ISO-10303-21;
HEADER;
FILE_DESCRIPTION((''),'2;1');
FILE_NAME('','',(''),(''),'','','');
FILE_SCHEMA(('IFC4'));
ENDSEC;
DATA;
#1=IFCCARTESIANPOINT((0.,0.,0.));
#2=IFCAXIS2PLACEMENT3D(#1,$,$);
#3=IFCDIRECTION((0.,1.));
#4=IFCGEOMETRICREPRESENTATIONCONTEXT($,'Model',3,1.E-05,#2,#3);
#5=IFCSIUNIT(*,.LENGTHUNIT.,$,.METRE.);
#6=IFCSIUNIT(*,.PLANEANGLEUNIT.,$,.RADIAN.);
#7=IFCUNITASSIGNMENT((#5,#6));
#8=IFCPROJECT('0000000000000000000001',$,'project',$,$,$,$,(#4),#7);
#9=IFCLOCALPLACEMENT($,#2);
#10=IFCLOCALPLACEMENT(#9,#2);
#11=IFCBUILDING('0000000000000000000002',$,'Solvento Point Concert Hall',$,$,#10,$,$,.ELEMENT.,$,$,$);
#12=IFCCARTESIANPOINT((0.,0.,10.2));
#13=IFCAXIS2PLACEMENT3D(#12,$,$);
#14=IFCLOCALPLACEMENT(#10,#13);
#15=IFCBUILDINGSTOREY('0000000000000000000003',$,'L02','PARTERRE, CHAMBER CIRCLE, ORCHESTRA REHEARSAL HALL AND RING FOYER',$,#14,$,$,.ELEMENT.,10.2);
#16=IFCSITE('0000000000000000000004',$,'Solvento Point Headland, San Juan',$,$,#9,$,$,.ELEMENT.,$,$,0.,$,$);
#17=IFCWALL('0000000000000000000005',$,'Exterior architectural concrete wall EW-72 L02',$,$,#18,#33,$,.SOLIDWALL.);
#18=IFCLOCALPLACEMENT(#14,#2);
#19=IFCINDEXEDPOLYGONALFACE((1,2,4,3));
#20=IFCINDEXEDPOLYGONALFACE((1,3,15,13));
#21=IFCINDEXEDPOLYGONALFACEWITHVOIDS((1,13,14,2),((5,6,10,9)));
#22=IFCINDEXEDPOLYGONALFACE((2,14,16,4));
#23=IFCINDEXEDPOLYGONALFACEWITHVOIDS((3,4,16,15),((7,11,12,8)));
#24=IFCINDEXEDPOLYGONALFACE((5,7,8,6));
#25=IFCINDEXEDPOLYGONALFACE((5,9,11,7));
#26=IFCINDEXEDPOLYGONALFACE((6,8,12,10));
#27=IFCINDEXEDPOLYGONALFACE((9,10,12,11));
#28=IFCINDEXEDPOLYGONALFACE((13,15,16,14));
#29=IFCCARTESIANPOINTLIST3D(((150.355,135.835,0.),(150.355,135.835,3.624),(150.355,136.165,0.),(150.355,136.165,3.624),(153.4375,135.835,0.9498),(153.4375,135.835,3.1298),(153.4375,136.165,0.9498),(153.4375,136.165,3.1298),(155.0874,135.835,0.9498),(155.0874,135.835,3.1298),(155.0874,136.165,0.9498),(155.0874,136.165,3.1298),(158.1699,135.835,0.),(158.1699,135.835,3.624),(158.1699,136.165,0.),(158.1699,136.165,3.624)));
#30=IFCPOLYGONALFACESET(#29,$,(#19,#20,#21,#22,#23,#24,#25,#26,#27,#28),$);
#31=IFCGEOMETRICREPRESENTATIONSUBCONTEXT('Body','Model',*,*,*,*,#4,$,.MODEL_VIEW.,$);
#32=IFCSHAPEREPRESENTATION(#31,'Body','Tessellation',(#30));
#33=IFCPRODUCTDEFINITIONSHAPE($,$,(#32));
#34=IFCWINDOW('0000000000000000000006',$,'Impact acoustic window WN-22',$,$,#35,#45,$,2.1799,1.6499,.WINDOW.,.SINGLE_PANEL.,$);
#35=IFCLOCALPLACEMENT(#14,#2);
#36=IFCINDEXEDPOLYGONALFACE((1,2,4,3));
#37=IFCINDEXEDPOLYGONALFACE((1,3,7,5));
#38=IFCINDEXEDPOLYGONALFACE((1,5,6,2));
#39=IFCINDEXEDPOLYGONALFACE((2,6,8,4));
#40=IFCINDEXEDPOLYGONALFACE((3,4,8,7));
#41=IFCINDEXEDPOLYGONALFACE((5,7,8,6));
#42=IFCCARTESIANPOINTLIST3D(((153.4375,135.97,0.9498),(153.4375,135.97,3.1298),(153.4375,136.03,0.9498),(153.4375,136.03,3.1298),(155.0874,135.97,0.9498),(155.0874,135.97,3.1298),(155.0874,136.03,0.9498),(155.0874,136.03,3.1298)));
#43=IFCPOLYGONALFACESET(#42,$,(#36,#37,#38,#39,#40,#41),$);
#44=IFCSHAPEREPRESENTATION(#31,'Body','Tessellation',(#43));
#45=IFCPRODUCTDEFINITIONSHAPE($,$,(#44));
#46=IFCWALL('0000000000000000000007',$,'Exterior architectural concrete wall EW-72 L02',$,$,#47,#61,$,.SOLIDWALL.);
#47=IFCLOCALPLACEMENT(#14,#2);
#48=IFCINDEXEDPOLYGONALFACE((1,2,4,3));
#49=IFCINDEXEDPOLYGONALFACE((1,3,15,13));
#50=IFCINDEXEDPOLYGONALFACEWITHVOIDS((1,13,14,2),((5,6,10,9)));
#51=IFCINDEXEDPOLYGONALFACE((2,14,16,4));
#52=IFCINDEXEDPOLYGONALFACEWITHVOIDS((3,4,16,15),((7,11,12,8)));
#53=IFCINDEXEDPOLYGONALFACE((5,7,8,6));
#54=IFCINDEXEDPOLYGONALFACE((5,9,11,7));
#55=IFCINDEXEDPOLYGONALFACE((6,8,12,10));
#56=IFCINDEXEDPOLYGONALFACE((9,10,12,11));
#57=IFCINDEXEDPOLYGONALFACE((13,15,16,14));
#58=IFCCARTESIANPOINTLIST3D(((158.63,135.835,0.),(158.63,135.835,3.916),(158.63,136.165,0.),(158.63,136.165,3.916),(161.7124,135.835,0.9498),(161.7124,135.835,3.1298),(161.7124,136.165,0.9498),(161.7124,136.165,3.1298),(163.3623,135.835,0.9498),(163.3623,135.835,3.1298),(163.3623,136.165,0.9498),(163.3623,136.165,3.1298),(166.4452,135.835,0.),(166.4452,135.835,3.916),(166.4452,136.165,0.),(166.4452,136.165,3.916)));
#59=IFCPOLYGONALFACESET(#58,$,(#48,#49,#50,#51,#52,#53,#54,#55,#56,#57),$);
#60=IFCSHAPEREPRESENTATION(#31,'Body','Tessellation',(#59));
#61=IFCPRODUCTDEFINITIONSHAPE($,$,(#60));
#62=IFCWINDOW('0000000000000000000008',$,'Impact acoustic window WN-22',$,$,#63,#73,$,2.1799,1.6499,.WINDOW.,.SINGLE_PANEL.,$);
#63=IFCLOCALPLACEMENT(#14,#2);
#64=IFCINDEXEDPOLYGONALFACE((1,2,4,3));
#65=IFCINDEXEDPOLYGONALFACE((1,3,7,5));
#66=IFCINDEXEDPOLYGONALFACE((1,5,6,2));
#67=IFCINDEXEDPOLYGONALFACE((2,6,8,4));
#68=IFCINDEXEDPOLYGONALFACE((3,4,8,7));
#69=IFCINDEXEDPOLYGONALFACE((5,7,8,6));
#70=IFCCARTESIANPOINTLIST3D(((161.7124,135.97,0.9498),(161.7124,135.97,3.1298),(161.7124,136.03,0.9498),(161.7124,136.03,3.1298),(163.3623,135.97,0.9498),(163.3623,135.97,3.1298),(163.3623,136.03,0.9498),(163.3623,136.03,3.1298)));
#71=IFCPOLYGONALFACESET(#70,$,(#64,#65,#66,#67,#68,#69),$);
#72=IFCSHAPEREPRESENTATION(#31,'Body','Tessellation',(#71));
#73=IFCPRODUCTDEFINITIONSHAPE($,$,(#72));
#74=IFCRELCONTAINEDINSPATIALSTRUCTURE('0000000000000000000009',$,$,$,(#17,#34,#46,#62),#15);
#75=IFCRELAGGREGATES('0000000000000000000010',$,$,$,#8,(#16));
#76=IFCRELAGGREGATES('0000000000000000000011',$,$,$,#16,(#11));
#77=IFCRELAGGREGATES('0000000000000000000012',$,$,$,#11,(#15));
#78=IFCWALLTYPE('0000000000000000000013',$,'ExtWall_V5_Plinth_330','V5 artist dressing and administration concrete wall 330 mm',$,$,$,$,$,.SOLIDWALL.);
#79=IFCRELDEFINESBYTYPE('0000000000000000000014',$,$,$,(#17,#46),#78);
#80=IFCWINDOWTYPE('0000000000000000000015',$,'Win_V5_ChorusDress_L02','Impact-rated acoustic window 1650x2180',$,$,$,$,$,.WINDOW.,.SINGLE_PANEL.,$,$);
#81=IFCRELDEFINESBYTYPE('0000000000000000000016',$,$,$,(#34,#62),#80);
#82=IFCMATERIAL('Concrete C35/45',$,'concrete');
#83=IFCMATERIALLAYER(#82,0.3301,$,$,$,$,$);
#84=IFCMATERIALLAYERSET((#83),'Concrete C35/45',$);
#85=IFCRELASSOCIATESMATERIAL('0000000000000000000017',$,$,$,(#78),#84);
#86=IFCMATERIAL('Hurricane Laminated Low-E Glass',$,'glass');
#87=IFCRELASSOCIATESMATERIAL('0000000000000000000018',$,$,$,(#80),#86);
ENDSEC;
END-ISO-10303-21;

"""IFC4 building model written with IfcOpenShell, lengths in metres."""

from ifc_helpers import new_model, si_unit, direction, frame, frame_2d, origin, place, context, subcontext, project, spatial, rectangle, extrude, material, layer, layer_set, type_object, element, fill, save


model = new_model("IFC4")

# Units and contexts
model_context = context("Model", 3, precision=1e-05, world=origin(), true_north=direction((0.0, 1.0)))
body_context = subcontext(model_context, "Body", "Model", "MODEL_VIEW")
ifc_project = project(units=[si_unit("LENGTHUNIT", "METRE"), si_unit("PLANEANGLEUNIT", "RADIAN")], contexts=[model_context])

# Site, building, storey
site_placement = place(None, origin())
site = spatial("IfcSite", under=ifc_project, at=site_placement, Name="Solvento Point Headland, San Juan", CompositionType="ELEMENT", RefElevation=0.0)
building_placement = place(site_placement, origin())
building = spatial("IfcBuilding", under=site, at=building_placement, Name="Solvento Point Concert Hall", CompositionType="ELEMENT")
storey_placement = place(building_placement, frame((0.0, 0.0, 10.2)))
storey = spatial("IfcBuildingStorey", under=building, at=storey_placement, Name="L02", Description="PARTERRE, CHAMBER CIRCLE, ORCHESTRA REHEARSAL HALL AND RING FOYER", CompositionType="ELEMENT", Elevation=10.2)

# Walls, openings, windows
ifc_material_1 = material(Name="Concrete C35/45", Category="concrete")
ifc_layer_1 = layer(ifc_material_1, 0.3301)
ifc_layer_set_1 = layer_set([ifc_layer_1], Name="Concrete C35/45")
wall_type_1 = type_object("IfcWallType", Name="ExtWall_V5_Plinth_330", Description="V5 artist dressing and administration concrete wall 330 mm", PredefinedType="SOLIDWALL", material=ifc_layer_set_1)
ifc_material_2 = material(Name="Hurricane Laminated Low-E Glass", Category="glass")
window_type = type_object("IfcWindowType", Name="Win_V5_ChorusDress_L02", Description="Impact-rated acoustic window 1650x2180", PartitioningType="SINGLE_PANEL", PredefinedType="WINDOW", material=ifc_material_2)
wall_1_placement = place(storey_placement, frame((150.355, 136.0, 0.0), z_axis=(0.0, 0.0, 1.0), x_axis=(1.0, 0.0, 0.0)))
wall_1 = element("IfcWall", 1, at=wall_1_placement, inside=storey, type_object=wall_type_1, Name="Exterior architectural concrete wall EW-72 L02", PredefinedType="SOLIDWALL", context=body_context, shape_type="SweptSolid", body=[
    extrude(rectangle(XDim=7.8149, YDim=0.3301, at=frame_2d((3.9075, 0.0))), origin(), (0.0, 0.0, 1.0), 3.624),
])
opening_1_placement = place(wall_1_placement, frame((3.0825, 0.0, 0.95)))
opening_1 = element("IfcOpeningElement", 2, at=opening_1_placement, cuts=wall_1, PredefinedType="OPENING", context=body_context, shape_type="SweptSolid", body=[
    extrude(rectangle(XDim=1.6499, YDim=2.1799, at=frame_2d((0.825, 1.0898))), frame((0.0, 0.175, 0.0), z_axis=(0.0, -1.0, 0.0), x_axis=(1.0, 0.0, 0.0)), (0.0, 0.0, 1.0), 0.3501),
])
window_1_placement = place(opening_1_placement, origin())
window_1 = element("IfcWindow", 3, at=window_1_placement, inside=storey, type_object=window_type, Name="Impact acoustic window WN-22", OverallHeight=2.1799, OverallWidth=1.6499, PartitioningType="SINGLE_PANEL", PredefinedType="WINDOW", context=body_context, shape_type="SweptSolid", body=[
    extrude(rectangle(XDim=1.6499, YDim=2.1799, at=frame_2d((0.825, 1.0898))), frame((0.0, 0.03, 0.0), z_axis=(0.0, -1.0, 0.0), x_axis=(1.0, 0.0, 0.0)), (0.0, 0.0, 1.0), 0.0601),
])
fill(opening_1, window_1)
wall_2_placement = place(storey_placement, frame((158.6299, 136.0, 0.0), z_axis=(0.0, 0.0, 1.0), x_axis=(1.0, 0.0, 0.0)))
wall_2 = element("IfcWall", 4, at=wall_2_placement, inside=storey, type_object=wall_type_1, Name="Exterior architectural concrete wall EW-72 L02", PredefinedType="SOLIDWALL", context=body_context, shape_type="SweptSolid", body=[
    extrude(rectangle(XDim=7.8152, YDim=0.3301, at=frame_2d((3.9077, 0.0))), origin(), (0.0, 0.0, 1.0), 3.916),
])
opening_2_placement = place(wall_2_placement, frame((3.0825, 0.0, 0.95)))
opening_2 = element("IfcOpeningElement", 5, at=opening_2_placement, cuts=wall_2, PredefinedType="OPENING", context=body_context, shape_type="SweptSolid", body=[
    extrude(rectangle(XDim=1.6499, YDim=2.1799, at=frame_2d((0.825, 1.0898))), frame((0.0, 0.175, 0.0), z_axis=(0.0, -1.0, 0.0), x_axis=(1.0, 0.0, 0.0)), (0.0, 0.0, 1.0), 0.3501),
])
window_2_placement = place(opening_2_placement, origin())
window_2 = element("IfcWindow", 6, at=window_2_placement, inside=storey, type_object=window_type, Name="Impact acoustic window WN-22", OverallHeight=2.1799, OverallWidth=1.6499, PartitioningType="SINGLE_PANEL", PredefinedType="WINDOW", context=body_context, shape_type="SweptSolid", body=[
    extrude(rectangle(XDim=1.6499, YDim=2.1799, at=frame_2d((0.825, 1.0898))), frame((0.0, 0.03, 0.0), z_axis=(0.0, -1.0, 0.0), x_axis=(1.0, 0.0, 0.0)), (0.0, 0.0, 1.0), 0.0601),
])
fill(opening_2, window_2)

save(model, "model.ifc")
